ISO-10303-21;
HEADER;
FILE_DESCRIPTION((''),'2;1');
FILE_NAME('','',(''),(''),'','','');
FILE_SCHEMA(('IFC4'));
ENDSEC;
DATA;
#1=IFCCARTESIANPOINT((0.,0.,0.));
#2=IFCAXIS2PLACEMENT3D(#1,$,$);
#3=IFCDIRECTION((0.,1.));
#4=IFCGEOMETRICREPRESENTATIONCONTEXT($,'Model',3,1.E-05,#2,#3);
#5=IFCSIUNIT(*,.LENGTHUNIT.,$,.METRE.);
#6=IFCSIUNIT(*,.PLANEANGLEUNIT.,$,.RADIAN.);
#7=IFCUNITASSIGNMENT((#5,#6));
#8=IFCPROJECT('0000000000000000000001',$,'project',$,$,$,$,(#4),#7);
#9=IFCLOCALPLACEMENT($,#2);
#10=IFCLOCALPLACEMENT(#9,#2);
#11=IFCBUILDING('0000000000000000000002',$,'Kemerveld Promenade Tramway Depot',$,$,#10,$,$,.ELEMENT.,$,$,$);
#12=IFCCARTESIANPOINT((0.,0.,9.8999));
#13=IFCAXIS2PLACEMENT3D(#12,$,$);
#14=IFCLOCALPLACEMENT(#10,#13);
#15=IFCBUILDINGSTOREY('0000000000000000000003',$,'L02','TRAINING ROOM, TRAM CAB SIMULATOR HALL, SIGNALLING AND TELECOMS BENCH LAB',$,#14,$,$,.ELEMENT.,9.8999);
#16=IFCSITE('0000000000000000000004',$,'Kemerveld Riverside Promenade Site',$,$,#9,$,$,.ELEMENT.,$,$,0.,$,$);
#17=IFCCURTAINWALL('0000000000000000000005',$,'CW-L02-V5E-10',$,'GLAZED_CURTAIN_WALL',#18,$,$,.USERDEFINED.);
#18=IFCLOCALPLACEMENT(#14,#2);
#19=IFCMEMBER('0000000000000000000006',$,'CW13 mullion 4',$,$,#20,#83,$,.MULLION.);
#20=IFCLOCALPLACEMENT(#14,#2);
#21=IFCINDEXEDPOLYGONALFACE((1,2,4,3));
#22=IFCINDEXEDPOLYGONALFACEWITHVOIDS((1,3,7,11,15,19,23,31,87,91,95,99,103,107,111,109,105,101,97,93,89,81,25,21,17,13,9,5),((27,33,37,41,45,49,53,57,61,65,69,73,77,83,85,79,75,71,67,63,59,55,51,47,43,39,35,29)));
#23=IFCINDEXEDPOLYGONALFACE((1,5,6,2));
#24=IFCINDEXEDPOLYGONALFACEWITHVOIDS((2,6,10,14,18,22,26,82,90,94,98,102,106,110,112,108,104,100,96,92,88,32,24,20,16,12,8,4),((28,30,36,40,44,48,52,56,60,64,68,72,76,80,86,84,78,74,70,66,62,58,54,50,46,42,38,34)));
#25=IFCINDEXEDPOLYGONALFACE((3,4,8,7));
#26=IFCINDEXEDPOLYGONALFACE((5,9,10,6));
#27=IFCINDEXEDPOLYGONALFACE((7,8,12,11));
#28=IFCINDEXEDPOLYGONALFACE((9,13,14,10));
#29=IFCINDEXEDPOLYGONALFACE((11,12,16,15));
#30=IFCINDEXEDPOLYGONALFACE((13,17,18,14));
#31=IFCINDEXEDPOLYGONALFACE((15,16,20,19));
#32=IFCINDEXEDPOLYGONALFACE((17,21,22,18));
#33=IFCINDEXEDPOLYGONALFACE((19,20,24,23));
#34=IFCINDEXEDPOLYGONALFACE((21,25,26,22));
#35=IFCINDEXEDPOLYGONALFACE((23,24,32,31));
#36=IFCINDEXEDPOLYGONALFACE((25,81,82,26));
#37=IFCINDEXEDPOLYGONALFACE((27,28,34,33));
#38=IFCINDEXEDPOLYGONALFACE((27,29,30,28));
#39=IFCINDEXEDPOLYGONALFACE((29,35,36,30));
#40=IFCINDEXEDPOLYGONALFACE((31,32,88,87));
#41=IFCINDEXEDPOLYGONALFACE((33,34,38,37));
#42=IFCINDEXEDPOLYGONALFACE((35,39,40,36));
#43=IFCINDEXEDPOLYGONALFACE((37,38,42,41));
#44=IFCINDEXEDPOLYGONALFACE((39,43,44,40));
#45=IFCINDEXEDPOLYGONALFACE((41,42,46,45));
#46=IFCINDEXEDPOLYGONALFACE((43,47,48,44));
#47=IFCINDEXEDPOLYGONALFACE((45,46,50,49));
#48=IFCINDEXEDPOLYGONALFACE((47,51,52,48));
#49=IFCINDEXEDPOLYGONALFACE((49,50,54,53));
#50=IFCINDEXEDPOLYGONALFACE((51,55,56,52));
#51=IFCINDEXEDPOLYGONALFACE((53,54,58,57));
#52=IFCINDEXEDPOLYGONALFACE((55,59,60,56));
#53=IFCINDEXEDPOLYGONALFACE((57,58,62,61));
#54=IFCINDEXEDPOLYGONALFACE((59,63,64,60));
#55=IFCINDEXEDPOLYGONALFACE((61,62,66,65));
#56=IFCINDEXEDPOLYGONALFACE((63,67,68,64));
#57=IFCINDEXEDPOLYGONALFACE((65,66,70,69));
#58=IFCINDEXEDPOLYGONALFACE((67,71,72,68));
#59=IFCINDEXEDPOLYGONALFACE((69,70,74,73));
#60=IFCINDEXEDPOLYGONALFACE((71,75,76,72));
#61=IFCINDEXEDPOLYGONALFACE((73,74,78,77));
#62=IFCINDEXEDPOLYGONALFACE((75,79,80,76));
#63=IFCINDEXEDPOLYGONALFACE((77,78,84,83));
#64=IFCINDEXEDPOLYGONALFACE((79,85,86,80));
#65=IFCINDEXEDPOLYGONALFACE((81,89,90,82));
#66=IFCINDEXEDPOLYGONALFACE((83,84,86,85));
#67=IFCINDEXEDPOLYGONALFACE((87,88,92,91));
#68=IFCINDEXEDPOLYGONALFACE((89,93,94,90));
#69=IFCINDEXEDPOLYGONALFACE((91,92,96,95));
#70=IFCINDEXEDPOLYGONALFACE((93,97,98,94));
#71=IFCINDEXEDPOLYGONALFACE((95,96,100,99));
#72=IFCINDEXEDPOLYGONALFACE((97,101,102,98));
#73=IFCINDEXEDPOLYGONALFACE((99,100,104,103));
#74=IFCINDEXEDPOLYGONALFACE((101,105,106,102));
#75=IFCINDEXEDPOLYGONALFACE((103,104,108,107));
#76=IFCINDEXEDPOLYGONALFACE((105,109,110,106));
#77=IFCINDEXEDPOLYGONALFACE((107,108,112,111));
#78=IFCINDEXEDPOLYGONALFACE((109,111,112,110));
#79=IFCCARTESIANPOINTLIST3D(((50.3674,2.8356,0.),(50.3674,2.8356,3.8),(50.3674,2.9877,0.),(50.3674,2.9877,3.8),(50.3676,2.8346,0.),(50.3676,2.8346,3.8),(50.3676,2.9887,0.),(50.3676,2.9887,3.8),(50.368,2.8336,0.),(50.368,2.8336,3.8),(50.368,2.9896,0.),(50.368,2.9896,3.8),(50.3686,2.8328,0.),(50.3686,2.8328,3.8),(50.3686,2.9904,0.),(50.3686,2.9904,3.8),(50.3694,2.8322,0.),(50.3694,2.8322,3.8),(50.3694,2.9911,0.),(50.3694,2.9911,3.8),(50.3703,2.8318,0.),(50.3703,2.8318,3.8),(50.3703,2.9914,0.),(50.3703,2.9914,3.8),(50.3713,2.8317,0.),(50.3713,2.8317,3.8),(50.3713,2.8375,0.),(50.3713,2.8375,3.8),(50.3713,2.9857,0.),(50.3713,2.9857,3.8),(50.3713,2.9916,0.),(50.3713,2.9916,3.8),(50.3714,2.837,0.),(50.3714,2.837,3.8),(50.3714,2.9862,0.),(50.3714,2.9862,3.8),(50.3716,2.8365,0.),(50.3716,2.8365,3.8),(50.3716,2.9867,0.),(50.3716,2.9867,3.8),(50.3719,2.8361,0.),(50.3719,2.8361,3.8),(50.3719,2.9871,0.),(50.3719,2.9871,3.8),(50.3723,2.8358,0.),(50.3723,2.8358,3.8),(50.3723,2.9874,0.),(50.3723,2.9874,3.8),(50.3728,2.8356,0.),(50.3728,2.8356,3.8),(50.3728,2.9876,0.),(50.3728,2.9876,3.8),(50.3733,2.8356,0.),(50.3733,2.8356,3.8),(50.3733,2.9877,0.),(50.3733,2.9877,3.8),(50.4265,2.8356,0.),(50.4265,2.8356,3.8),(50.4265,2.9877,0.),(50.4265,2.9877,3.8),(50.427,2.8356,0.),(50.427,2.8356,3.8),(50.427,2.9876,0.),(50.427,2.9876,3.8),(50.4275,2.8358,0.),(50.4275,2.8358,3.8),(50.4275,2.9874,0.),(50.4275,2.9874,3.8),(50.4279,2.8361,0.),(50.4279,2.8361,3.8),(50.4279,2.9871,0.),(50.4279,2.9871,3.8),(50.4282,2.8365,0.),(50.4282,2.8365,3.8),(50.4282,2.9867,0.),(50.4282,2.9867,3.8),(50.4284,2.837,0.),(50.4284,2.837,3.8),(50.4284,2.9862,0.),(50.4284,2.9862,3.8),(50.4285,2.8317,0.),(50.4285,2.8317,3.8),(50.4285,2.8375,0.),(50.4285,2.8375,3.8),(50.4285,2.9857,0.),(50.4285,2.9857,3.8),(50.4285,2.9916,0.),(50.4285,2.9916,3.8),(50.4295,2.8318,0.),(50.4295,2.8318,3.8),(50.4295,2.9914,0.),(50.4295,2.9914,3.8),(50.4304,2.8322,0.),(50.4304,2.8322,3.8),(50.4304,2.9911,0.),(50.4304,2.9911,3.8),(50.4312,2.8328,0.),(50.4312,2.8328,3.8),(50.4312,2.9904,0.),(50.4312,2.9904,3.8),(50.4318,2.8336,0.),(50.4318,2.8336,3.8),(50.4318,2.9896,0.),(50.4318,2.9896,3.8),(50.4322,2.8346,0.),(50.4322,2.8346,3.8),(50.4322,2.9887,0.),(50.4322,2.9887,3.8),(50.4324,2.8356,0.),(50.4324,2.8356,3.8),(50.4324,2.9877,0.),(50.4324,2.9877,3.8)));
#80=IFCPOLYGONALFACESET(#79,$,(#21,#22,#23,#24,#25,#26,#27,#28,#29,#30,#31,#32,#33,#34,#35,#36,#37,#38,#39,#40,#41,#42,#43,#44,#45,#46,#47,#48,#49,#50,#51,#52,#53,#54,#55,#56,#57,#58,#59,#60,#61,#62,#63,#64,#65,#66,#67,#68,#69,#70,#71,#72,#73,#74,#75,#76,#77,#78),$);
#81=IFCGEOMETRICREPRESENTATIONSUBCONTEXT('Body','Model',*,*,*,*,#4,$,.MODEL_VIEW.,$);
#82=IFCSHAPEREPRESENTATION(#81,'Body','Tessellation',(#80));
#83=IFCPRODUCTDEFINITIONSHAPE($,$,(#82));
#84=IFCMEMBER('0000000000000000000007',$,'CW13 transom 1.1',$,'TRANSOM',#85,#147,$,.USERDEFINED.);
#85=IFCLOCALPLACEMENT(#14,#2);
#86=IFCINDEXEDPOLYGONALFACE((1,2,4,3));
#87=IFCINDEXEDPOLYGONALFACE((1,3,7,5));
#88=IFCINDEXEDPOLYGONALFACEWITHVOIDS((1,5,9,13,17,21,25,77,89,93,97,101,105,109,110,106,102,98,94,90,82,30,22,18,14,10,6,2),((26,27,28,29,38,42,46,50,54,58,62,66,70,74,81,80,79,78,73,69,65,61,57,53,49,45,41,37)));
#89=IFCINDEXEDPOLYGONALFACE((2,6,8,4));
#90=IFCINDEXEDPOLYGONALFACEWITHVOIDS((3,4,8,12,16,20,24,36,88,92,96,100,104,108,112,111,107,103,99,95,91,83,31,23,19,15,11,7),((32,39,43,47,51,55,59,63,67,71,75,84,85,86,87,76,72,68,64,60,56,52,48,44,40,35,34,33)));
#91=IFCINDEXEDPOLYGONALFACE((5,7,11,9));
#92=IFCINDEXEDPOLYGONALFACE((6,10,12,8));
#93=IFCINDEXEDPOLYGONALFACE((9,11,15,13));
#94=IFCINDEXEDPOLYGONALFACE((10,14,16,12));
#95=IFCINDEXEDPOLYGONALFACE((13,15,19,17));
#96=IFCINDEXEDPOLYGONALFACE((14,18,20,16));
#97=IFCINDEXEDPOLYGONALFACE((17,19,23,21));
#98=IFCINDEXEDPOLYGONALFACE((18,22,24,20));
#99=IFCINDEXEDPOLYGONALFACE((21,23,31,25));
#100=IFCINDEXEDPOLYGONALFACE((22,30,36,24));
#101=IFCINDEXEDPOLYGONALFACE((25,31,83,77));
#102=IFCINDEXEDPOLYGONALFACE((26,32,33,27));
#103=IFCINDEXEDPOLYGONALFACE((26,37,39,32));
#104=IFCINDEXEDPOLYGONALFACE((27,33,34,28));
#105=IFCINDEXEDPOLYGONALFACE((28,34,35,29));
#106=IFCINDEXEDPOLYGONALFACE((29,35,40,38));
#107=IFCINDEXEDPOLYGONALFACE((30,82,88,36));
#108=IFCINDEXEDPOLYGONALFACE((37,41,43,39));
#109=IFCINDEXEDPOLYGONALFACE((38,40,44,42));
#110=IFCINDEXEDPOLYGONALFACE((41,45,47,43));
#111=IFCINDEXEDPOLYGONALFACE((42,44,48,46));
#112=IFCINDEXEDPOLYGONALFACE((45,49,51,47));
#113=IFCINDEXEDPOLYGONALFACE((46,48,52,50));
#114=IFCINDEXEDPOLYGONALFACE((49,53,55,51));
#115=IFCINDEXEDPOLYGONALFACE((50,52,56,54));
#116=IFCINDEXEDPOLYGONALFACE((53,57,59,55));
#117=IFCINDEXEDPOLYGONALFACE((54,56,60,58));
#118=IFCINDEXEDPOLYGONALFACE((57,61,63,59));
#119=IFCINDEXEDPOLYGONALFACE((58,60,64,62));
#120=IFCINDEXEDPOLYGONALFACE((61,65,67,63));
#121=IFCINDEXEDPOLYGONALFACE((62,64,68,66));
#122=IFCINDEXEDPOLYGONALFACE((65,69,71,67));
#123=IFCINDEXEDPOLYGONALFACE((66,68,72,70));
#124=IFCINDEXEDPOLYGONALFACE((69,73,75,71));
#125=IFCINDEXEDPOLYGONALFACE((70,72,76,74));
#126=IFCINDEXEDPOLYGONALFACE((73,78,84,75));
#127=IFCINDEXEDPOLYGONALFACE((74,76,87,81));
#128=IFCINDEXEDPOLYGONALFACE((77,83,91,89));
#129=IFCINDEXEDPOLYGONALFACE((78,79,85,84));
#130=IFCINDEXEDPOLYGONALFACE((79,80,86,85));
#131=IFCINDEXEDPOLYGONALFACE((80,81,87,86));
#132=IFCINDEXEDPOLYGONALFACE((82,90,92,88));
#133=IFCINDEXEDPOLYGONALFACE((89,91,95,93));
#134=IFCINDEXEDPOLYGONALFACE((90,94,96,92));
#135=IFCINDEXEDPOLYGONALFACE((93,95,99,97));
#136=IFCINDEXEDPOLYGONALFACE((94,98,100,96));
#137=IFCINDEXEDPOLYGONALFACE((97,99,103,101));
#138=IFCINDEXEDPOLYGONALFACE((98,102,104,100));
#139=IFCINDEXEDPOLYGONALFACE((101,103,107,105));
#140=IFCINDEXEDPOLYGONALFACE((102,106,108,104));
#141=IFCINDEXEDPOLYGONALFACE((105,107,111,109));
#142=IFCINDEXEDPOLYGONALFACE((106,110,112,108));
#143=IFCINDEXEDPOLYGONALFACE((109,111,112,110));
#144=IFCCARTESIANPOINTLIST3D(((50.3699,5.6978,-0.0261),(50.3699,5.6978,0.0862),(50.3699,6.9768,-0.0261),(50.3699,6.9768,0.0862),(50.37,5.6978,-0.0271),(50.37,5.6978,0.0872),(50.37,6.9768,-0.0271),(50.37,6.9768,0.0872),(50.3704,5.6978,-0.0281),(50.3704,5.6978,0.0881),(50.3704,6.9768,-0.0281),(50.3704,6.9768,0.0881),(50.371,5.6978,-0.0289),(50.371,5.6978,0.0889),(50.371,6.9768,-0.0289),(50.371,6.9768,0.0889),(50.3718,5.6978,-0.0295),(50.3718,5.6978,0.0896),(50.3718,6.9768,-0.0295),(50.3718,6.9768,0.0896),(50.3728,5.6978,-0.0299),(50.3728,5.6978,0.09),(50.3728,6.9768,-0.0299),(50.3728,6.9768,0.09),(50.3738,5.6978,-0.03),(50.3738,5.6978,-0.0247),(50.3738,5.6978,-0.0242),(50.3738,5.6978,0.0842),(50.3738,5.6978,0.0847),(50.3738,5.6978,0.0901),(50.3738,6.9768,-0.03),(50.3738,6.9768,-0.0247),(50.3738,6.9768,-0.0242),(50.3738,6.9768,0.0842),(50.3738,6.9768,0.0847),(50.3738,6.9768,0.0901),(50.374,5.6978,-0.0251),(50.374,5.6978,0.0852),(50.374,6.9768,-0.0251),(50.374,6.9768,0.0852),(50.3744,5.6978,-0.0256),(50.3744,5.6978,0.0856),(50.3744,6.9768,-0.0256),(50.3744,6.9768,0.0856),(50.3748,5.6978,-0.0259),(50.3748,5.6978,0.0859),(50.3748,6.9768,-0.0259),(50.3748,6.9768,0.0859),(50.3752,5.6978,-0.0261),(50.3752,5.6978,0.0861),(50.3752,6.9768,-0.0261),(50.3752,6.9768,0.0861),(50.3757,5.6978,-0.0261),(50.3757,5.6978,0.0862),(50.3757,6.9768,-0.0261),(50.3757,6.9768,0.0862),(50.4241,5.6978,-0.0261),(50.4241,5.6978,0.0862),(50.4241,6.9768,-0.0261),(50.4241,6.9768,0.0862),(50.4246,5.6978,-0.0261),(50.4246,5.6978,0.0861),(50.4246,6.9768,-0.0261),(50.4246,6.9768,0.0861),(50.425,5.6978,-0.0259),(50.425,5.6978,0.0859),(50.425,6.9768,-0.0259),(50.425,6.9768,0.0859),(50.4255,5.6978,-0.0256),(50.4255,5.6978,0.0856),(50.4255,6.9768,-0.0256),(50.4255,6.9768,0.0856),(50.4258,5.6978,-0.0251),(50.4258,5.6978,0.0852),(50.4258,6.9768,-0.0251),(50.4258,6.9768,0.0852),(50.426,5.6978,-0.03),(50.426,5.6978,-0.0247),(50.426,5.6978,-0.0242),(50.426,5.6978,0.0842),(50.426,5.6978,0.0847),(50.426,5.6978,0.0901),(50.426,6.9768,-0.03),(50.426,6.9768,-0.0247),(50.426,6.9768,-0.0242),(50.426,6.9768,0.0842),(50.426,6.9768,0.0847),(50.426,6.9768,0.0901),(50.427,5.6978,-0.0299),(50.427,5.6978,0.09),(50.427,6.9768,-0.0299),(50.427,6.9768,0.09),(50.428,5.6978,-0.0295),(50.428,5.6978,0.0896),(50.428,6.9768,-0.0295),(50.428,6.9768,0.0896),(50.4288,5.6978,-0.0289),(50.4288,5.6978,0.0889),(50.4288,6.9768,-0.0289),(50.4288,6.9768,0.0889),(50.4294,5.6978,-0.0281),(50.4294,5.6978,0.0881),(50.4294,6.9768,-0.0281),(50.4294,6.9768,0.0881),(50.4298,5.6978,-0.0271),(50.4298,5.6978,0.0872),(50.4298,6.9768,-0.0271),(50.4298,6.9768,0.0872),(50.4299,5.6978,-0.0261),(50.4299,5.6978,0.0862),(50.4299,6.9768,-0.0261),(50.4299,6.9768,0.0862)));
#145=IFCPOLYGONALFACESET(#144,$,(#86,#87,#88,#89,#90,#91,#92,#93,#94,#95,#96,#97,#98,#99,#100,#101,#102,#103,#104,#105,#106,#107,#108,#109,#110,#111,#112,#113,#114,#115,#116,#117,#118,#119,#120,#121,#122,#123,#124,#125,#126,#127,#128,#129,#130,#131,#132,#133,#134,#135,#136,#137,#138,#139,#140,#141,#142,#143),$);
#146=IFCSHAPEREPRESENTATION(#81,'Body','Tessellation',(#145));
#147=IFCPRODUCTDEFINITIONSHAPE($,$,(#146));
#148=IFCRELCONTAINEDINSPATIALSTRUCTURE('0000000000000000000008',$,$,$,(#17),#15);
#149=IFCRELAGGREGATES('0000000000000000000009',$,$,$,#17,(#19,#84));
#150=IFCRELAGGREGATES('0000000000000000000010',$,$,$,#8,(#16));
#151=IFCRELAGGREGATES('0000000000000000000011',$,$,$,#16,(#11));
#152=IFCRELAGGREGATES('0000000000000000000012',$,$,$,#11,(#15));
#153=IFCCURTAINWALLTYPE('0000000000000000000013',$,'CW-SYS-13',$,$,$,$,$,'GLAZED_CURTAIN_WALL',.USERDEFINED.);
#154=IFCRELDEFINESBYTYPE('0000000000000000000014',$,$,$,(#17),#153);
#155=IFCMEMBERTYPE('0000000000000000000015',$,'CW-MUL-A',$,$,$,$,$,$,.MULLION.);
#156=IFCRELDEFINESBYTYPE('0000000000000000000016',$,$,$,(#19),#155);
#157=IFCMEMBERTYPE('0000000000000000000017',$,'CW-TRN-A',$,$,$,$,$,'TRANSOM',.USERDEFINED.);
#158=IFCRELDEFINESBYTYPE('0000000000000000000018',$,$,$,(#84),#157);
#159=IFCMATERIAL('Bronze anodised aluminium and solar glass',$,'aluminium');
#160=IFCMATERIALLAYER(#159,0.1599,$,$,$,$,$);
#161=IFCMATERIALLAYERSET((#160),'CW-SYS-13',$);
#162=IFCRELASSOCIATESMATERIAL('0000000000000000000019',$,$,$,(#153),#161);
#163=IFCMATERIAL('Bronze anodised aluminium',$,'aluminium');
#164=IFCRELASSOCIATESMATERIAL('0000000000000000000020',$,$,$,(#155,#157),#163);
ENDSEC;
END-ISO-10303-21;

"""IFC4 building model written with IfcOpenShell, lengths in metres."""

from ifc_helpers import new_model, si_unit, direction, frame, origin, origin_2d, place, context, subcontext, project, spatial, hollow_rectangle, extrude, material, layer, layer_set, material_profile, profile_set, type_object, element, aggregate, save


model = new_model("IFC4")

# Units and contexts
model_context = context("Model", 3, precision=1e-05, world=origin(), true_north=direction((0.0, 1.0)))
body_context = subcontext(model_context, "Body", "Model", "MODEL_VIEW")
ifc_project = project(units=[si_unit("LENGTHUNIT", "METRE"), si_unit("PLANEANGLEUNIT", "RADIAN")], contexts=[model_context])

# Site, building, storey
site_placement = place(None, origin())
site = spatial("IfcSite", under=ifc_project, at=site_placement, Name="Kemerveld Riverside Promenade Site", CompositionType="ELEMENT", RefElevation=0.0)
building_placement = place(site_placement, origin())
building = spatial("IfcBuilding", under=site, at=building_placement, Name="Kemerveld Promenade Tramway Depot", CompositionType="ELEMENT")
storey_placement = place(building_placement, frame((0.0, 0.0, 9.8999)))
storey = spatial("IfcBuildingStorey", under=building, at=storey_placement, Name="L02", Description="TRAINING ROOM, TRAM CAB SIMULATOR HALL, SIGNALLING AND TELECOMS BENCH LAB", CompositionType="ELEMENT", Elevation=9.8999)

# Curtain wall, members
ifc_material_1 = material(Name="Bronze anodised aluminium and solar glass", Category="aluminium")
ifc_layer_1 = layer(ifc_material_1, 0.1599)
ifc_layer_set_1 = layer_set([ifc_layer_1], Name="CW-SYS-13")
curtain_wall_type = type_object("IfcCurtainWallType", Name="CW-SYS-13", ElementType="GLAZED_CURTAIN_WALL", PredefinedType="USERDEFINED", material=ifc_layer_set_1)
curtain_wall_placement = place(storey_placement, origin())
curtain_wall = element("IfcCurtainWall", 1, at=curtain_wall_placement, inside=storey, type_object=curtain_wall_type, Name="CW-L02-V5E-10", ObjectType="GLAZED_CURTAIN_WALL", PredefinedType="USERDEFINED")
ifc_material_2 = material(Name="Bronze anodised aluminium", Category="aluminium")
ifc_material_profile_1 = material_profile(ifc_material_2, hollow_rectangle(XDim=0.0649, YDim=0.1599, WallThickness=0.0039, InnerFilletRadius=0.002, OuterFilletRadius=0.0039, at=origin_2d()), Name="CW-MUL-160x65")
ifc_profile_set_1 = profile_set([ifc_material_profile_1], Name="Bronze anodised aluminium")
member_type_1 = type_object("IfcMemberType", Name="CW-MUL-A", PredefinedType="MULLION", material=ifc_profile_set_1)
member_1_placement = place(storey_placement, frame((50.3999, 2.9116, 0.0), z_axis=(0.0, 0.0, 1.0), x_axis=(1.0, 0.0, 0.0)))
member_1 = element("IfcMember", 2, at=member_1_placement, type_object=member_type_1, Name="CW13 mullion 4", PredefinedType="MULLION", context=body_context, shape_type="SweptSolid", body=[
    extrude(hollow_rectangle(XDim=0.0649, YDim=0.1599, WallThickness=0.0039, InnerFilletRadius=0.002, OuterFilletRadius=0.0039, at=origin_2d()), origin(), (0.0, 0.0, 1.0), 3.8),
])
ifc_material_profile_2 = material_profile(ifc_material_2, hollow_rectangle(XDim=0.0601, YDim=0.1201, WallThickness=0.0039, InnerFilletRadius=0.002, OuterFilletRadius=0.0039, at=origin_2d()), Name="CW-TRN-120x60")
ifc_profile_set_2 = profile_set([ifc_material_profile_2], Name="Bronze anodised aluminium")
member_type_2 = type_object("IfcMemberType", Name="CW-TRN-A", ElementType="TRANSOM", PredefinedType="USERDEFINED", material=ifc_profile_set_2)
member_2_placement = place(storey_placement, frame((50.3999, 6.9768, 0.03), z_axis=(0.0, -1.0, 0.0), x_axis=(1.0, 0.0, 0.0)))
member_2 = element("IfcMember", 3, at=member_2_placement, type_object=member_type_2, Name="CW13 transom 1.1", ObjectType="TRANSOM", PredefinedType="USERDEFINED", context=body_context, shape_type="SweptSolid", body=[
    extrude(hollow_rectangle(XDim=0.0601, YDim=0.1201, WallThickness=0.0039, InnerFilletRadius=0.002, OuterFilletRadius=0.0039, at=origin_2d()), origin(), (0.0, 0.0, 1.0), 1.2791),
])
aggregate(curtain_wall, [member_1, member_2])

save(model, "model.ifc")
